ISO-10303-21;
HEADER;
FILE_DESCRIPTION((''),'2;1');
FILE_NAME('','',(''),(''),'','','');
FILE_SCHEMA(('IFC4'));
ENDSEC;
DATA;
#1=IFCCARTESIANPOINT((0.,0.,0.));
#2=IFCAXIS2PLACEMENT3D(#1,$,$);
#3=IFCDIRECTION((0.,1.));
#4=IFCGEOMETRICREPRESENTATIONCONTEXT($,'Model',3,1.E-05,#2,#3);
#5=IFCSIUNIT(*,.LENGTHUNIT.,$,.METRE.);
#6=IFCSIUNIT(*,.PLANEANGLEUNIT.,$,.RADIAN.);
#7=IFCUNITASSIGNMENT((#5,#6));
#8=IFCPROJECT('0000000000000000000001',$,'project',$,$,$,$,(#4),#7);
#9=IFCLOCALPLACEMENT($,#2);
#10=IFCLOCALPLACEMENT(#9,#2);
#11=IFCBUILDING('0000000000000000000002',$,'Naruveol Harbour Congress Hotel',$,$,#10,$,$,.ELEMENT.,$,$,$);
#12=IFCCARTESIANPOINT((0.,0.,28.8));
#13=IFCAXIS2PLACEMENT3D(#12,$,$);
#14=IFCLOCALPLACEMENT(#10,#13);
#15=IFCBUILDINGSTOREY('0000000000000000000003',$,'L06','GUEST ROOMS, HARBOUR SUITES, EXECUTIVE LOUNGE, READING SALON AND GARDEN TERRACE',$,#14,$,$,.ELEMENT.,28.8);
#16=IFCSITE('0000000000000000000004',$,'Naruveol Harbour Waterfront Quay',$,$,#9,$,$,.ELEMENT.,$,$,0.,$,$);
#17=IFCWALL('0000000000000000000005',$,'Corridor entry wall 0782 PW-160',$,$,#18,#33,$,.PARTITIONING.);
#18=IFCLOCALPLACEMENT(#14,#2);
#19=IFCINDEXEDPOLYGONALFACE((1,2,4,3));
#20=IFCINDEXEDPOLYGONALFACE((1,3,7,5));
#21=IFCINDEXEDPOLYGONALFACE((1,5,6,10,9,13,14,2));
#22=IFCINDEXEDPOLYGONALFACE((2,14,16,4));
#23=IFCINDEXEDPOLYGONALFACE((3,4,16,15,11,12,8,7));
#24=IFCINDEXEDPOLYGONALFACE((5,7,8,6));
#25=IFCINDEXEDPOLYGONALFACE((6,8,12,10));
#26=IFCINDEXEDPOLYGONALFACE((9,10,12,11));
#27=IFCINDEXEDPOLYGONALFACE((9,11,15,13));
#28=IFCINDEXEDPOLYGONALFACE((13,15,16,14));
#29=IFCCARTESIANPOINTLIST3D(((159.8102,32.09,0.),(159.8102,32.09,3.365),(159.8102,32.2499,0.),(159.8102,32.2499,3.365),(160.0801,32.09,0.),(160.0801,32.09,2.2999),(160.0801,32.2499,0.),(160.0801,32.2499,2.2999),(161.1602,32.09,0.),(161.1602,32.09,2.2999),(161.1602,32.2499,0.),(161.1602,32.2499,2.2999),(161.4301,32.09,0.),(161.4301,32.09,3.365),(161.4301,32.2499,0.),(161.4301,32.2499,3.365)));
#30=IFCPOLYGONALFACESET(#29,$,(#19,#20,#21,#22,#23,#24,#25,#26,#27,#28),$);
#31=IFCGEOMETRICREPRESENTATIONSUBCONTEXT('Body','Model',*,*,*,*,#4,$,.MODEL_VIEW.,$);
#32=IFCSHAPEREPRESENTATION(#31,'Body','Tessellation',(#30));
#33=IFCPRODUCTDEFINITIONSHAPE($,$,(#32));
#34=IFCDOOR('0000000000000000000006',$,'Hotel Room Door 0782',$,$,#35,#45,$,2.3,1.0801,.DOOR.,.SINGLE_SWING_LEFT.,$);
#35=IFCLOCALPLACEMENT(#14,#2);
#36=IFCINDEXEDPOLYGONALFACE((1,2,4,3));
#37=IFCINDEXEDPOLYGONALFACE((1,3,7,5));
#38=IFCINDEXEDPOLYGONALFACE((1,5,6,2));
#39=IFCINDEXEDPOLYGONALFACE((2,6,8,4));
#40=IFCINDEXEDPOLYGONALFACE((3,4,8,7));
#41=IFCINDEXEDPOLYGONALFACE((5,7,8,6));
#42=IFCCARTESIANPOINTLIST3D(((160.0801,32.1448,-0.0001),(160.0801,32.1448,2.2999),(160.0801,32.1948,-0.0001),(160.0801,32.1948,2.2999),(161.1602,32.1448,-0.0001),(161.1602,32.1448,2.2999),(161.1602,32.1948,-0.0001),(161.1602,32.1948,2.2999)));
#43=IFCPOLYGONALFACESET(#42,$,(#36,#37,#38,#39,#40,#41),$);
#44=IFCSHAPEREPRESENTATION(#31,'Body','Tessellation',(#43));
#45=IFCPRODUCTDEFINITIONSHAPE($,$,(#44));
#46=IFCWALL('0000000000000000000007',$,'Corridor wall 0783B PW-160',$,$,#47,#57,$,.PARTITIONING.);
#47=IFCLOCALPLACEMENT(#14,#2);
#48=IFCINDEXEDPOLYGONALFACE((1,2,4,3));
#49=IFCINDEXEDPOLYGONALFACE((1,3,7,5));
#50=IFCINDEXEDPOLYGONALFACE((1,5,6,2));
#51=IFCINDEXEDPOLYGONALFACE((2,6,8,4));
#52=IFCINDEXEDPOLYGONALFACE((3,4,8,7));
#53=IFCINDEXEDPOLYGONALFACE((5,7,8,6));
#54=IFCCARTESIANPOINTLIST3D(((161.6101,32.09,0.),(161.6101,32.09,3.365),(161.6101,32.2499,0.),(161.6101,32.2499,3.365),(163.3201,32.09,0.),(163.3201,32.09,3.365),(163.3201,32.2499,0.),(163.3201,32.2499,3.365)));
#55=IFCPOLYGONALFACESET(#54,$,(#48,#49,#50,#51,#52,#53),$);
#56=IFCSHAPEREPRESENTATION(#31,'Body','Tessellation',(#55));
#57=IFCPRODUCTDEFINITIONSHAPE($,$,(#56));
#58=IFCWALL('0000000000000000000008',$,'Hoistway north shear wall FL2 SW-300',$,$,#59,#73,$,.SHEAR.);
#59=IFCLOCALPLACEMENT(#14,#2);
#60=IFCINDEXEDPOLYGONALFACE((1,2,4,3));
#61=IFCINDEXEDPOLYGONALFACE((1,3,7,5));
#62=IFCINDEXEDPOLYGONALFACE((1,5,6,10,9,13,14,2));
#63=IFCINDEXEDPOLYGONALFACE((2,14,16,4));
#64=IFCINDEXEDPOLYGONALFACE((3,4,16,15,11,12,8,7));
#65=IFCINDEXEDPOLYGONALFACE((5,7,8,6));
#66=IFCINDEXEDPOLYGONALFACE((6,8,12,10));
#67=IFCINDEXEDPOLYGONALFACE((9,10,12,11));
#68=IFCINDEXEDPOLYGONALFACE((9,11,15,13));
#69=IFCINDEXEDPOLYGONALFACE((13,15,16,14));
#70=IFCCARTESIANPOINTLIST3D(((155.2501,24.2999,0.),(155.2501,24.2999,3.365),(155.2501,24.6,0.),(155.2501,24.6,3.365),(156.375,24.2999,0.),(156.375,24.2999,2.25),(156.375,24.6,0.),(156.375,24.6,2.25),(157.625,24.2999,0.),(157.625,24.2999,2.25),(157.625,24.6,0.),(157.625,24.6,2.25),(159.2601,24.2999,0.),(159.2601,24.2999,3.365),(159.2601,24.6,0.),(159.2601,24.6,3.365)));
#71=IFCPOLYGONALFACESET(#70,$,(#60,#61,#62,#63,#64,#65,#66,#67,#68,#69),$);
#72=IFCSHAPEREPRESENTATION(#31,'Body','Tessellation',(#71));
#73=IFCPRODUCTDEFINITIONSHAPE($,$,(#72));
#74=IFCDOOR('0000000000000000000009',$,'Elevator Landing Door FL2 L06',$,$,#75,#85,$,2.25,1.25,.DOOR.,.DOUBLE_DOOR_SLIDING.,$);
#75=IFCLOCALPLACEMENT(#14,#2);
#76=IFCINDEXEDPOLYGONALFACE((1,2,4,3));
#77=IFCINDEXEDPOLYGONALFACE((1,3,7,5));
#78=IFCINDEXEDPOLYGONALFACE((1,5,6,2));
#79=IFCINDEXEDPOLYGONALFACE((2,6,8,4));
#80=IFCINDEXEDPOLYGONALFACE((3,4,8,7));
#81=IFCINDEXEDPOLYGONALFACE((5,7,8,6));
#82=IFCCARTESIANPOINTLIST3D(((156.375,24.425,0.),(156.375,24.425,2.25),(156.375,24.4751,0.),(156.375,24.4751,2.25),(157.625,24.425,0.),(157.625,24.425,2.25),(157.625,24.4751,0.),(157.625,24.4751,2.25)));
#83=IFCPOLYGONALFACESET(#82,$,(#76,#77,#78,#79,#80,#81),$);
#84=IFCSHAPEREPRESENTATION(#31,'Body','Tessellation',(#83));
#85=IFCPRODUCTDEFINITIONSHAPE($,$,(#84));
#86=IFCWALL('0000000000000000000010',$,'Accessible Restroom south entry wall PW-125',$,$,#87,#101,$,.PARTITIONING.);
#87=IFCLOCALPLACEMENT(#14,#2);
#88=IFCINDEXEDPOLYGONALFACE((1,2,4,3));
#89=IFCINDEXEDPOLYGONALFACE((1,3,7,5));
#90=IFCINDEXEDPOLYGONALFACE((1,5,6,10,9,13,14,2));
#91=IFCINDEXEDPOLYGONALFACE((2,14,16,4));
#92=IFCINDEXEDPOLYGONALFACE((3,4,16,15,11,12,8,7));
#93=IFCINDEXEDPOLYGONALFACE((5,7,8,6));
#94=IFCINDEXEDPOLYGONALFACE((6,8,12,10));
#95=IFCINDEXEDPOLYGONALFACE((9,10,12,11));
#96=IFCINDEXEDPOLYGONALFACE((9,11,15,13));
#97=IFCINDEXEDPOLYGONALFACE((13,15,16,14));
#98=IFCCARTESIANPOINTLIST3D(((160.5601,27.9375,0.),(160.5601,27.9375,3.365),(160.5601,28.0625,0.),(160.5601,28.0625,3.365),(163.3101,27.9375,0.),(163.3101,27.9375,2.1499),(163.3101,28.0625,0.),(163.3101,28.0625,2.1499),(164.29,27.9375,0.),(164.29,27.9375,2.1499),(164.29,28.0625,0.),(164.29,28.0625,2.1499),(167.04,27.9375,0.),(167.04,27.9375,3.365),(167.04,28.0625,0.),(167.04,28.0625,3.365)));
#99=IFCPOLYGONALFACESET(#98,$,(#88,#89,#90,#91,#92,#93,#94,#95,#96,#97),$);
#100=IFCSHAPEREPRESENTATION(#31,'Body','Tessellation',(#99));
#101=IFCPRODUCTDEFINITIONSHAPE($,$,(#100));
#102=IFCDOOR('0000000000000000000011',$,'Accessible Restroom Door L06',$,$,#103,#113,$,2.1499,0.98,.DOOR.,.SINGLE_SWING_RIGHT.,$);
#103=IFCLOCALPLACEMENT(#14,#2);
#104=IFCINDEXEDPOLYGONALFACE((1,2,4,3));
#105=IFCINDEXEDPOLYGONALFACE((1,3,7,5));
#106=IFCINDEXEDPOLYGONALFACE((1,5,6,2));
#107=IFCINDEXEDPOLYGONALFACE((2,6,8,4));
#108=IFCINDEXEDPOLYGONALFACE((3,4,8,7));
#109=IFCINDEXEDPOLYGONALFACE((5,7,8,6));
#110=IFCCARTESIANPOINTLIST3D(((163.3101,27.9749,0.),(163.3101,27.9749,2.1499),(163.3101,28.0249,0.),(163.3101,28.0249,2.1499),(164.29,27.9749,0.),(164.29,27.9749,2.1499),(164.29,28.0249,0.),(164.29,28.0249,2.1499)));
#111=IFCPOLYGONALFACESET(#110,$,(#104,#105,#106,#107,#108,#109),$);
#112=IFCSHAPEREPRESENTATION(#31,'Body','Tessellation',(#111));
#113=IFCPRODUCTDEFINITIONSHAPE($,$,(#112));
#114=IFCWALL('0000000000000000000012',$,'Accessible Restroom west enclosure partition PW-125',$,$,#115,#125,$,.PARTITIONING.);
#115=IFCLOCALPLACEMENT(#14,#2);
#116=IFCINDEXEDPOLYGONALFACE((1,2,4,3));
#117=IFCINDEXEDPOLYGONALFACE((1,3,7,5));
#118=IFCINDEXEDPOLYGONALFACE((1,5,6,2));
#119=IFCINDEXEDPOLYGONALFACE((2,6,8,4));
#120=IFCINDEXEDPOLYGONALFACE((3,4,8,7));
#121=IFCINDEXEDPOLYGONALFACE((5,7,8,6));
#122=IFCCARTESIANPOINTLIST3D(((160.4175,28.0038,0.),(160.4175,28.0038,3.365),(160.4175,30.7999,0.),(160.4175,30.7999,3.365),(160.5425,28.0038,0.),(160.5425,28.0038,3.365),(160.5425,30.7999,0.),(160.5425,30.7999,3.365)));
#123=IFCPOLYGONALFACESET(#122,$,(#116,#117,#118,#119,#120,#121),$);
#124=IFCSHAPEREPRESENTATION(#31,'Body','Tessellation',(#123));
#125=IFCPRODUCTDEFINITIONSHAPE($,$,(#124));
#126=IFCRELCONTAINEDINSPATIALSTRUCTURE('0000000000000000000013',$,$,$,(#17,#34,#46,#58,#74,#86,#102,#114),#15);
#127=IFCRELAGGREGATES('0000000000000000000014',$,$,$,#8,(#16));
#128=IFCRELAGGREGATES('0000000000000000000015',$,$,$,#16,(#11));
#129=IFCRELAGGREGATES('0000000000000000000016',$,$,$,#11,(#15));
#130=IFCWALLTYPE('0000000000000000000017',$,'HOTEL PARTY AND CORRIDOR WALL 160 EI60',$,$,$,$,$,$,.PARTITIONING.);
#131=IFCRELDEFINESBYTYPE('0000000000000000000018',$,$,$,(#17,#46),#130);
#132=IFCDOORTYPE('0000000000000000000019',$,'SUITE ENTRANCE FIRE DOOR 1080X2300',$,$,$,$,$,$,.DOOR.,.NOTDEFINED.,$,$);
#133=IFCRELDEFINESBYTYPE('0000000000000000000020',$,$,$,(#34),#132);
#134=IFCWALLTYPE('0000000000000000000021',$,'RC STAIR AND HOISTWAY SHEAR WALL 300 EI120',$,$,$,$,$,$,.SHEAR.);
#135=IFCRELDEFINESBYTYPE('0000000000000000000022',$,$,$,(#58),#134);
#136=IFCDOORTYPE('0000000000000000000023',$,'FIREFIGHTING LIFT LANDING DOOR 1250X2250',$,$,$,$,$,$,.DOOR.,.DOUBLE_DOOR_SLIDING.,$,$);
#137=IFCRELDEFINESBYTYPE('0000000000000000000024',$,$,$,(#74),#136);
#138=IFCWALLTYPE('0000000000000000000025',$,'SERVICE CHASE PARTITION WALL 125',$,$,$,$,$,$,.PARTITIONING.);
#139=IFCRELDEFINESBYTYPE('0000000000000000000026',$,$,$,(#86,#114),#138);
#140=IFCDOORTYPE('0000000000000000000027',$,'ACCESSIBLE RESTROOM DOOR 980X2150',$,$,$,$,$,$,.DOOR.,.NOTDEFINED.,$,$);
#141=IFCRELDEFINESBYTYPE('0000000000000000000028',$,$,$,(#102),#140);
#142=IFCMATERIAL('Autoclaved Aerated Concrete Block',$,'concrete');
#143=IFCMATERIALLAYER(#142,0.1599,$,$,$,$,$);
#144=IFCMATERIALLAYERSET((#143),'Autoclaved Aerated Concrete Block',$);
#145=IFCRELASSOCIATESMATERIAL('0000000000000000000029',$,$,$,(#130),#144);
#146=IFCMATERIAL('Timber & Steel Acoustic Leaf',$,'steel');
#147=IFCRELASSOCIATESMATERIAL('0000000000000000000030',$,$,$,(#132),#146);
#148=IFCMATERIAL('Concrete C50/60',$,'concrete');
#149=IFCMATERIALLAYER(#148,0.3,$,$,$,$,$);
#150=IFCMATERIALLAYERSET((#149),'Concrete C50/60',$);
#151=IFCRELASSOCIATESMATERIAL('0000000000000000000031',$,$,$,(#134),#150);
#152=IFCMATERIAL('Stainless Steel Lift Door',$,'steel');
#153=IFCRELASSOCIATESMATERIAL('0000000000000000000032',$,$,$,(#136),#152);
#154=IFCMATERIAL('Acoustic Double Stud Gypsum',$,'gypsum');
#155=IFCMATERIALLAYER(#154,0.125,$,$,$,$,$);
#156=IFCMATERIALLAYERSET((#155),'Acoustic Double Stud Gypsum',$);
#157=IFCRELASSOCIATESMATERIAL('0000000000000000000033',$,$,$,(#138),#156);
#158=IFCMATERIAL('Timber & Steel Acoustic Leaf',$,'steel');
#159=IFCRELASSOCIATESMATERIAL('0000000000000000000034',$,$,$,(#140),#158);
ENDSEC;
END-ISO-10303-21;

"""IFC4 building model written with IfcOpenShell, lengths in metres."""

from ifc_helpers import new_model, si_unit, direction, frame, frame_2d, origin, place, context, subcontext, project, spatial, rectangle, extrude, material, layer, layer_set, type_object, element, fill, save


model = new_model("IFC4")

# Units and contexts
model_context = context("Model", 3, precision=1e-05, world=origin(), true_north=direction((0.0, 1.0)))
body_context = subcontext(model_context, "Body", "Model", "MODEL_VIEW")
ifc_project = project(units=[si_unit("LENGTHUNIT", "METRE"), si_unit("PLANEANGLEUNIT", "RADIAN")], contexts=[model_context])

# Site, building, storey
site_placement = place(None, origin())
site = spatial("IfcSite", under=ifc_project, at=site_placement, Name="Naruveol Harbour Waterfront Quay", CompositionType="ELEMENT", RefElevation=0.0)
building_placement = place(site_placement, origin())
building = spatial("IfcBuilding", under=site, at=building_placement, Name="Naruveol Harbour Congress Hotel", CompositionType="ELEMENT")
storey_placement = place(building_placement, frame((0.0, 0.0, 28.8)))
storey = spatial("IfcBuildingStorey", under=building, at=storey_placement, Name="L06", Description="GUEST ROOMS, HARBOUR SUITES, EXECUTIVE LOUNGE, READING SALON AND GARDEN TERRACE", CompositionType="ELEMENT", Elevation=28.8)

# Shared definitions
ifc_material_1 = material(Name="Autoclaved Aerated Concrete Block", Category="concrete")
ifc_layer_1 = layer(ifc_material_1, 0.1599)
ifc_layer_set_1 = layer_set([ifc_layer_1], Name="Autoclaved Aerated Concrete Block")
wall_type_1 = type_object("IfcWallType", Name="HOTEL PARTY AND CORRIDOR WALL 160 EI60", PredefinedType="PARTITIONING", material=ifc_layer_set_1)

# Wall, opening, door
wall_1_placement = place(storey_placement, frame((159.8101, 32.1699, 0.0), z_axis=(0.0, 0.0, 1.0), x_axis=(1.0, 0.0, 0.0)))
wall_1 = element("IfcWall", 1, at=wall_1_placement, inside=storey, type_object=wall_type_1, Name="Corridor entry wall 0782 PW-160", PredefinedType="PARTITIONING", context=body_context, shape_type="SweptSolid", body=[
    extrude(rectangle(XDim=1.6199, YDim=0.1599, at=frame_2d((0.8101, 0.0))), origin(), (0.0, 0.0, 1.0), 3.365),
])
opening_1_placement = place(wall_1_placement, frame((0.27, 0.0, 0.0)))
opening_1 = element("IfcOpeningElement", 2, at=opening_1_placement, cuts=wall_1, PredefinedType="OPENING", context=body_context, shape_type="SweptSolid", body=[
    extrude(rectangle(XDim=1.0801, YDim=2.3, at=frame_2d((0.54, 1.1499))), frame((0.0, 0.0898, 0.0), z_axis=(0.0, -1.0, 0.0), x_axis=(1.0, 0.0, 0.0)), (0.0, 0.0, 1.0), 0.1799),
])
ifc_material_2 = material(Name="Timber & Steel Acoustic Leaf", Category="steel")
door_type_1 = type_object("IfcDoorType", Name="SUITE ENTRANCE FIRE DOOR 1080X2300", OperationType="NOTDEFINED", PredefinedType="DOOR", material=ifc_material_2)
door_1_placement = place(opening_1_placement, origin())
door_1 = element("IfcDoor", 3, at=door_1_placement, inside=storey, type_object=door_type_1, Name="Hotel Room Door 0782", OperationType="SINGLE_SWING_LEFT", OverallHeight=2.3, OverallWidth=1.0801, PredefinedType="DOOR", context=body_context, shape_type="SweptSolid", body=[
    extrude(rectangle(XDim=1.0801, YDim=2.3, at=frame_2d((0.54, 1.1499))), frame((0.0, 0.0249, 0.0), z_axis=(0.0, -1.0, 0.0), x_axis=(1.0, 0.0, 0.0)), (0.0, 0.0, 1.0), 0.05),
])
fill(opening_1, door_1)

# Wall
wall_2_placement = place(storey_placement, frame((161.6101, 32.1699, 0.0), z_axis=(0.0, 0.0, 1.0), x_axis=(1.0, 0.0, 0.0)))
element("IfcWall", 4, at=wall_2_placement, inside=storey, type_object=wall_type_1, Name="Corridor wall 0783B PW-160", PredefinedType="PARTITIONING", context=body_context, shape_type="SweptSolid", body=[
    extrude(rectangle(XDim=1.71, YDim=0.1599, at=frame_2d((0.855, 0.0))), origin(), (0.0, 0.0, 1.0), 3.365),
])

# Walls, openings, doors
ifc_material_3 = material(Name="Concrete C50/60", Category="concrete")
ifc_layer_2 = layer(ifc_material_3, 0.3)
ifc_layer_set_2 = layer_set([ifc_layer_2], Name="Concrete C50/60")
wall_type_2 = type_object("IfcWallType", Name="RC STAIR AND HOISTWAY SHEAR WALL 300 EI120", PredefinedType="SHEAR", material=ifc_layer_set_2)
wall_3_placement = place(storey_placement, frame((159.26, 24.45, 0.0), z_axis=(0.0, 0.0, 1.0), x_axis=(-1.0, 0.0, 0.0)))
wall_3 = element("IfcWall", 5, at=wall_3_placement, inside=storey, type_object=wall_type_2, Name="Hoistway north shear wall FL2 SW-300", PredefinedType="SHEAR", context=body_context, shape_type="SweptSolid", body=[
    extrude(rectangle(XDim=4.01, YDim=0.3, at=frame_2d((2.0049, 0.0))), origin(), (0.0, 0.0, 1.0), 3.365),
])
opening_2_placement = place(wall_3_placement, frame((1.635, 0.0, 0.0)))
opening_2 = element("IfcOpeningElement", 6, at=opening_2_placement, cuts=wall_3, PredefinedType="OPENING", context=body_context, shape_type="SweptSolid", body=[
    extrude(rectangle(XDim=1.25, YDim=2.25, at=frame_2d((0.625, 1.125))), frame((0.0, 0.1599, 0.0), z_axis=(0.0, -1.0, 0.0), x_axis=(1.0, 0.0, 0.0)), (0.0, 0.0, 1.0), 0.3201),
])
ifc_material_4 = material(Name="Stainless Steel Lift Door", Category="steel")
door_type_2 = type_object("IfcDoorType", Name="FIREFIGHTING LIFT LANDING DOOR 1250X2250", OperationType="DOUBLE_DOOR_SLIDING", PredefinedType="DOOR", material=ifc_material_4)
door_2_placement = place(opening_2_placement, origin())
door_2 = element("IfcDoor", 7, at=door_2_placement, inside=storey, type_object=door_type_2, Name="Elevator Landing Door FL2 L06", OperationType="DOUBLE_DOOR_SLIDING", OverallHeight=2.25, OverallWidth=1.25, PredefinedType="DOOR", context=body_context, shape_type="SweptSolid", body=[
    extrude(rectangle(XDim=1.25, YDim=2.25, at=frame_2d((0.625, 1.125))), frame((0.0, 0.0249, 0.0), z_axis=(0.0, -1.0, 0.0), x_axis=(1.0, 0.0, 0.0)), (0.0, 0.0, 1.0), 0.05),
])
fill(opening_2, door_2)
ifc_material_5 = material(Name="Acoustic Double Stud Gypsum", Category="gypsum")
ifc_layer_3 = layer(ifc_material_5, 0.125)
ifc_layer_set_3 = layer_set([ifc_layer_3], Name="Acoustic Double Stud Gypsum")
wall_type_3 = type_object("IfcWallType", Name="SERVICE CHASE PARTITION WALL 125", PredefinedType="PARTITIONING", material=ifc_layer_set_3)
wall_4_placement = place(storey_placement, frame((160.5601, 28.0, 0.0), z_axis=(0.0, 0.0, 1.0), x_axis=(1.0, 0.0, 0.0)))
wall_4 = element("IfcWall", 8, at=wall_4_placement, inside=storey, type_object=wall_type_3, Name="Accessible Restroom south entry wall PW-125", PredefinedType="PARTITIONING", context=body_context, shape_type="SweptSolid", body=[
    extrude(rectangle(XDim=6.48, YDim=0.125, at=frame_2d((3.24, 0.0))), origin(), (0.0, 0.0, 1.0), 3.365),
])
opening_3_placement = place(wall_4_placement, frame((2.75, 0.0, 0.0)))
opening_3 = element("IfcOpeningElement", 9, at=opening_3_placement, cuts=wall_4, PredefinedType="OPENING", context=body_context, shape_type="SweptSolid", body=[
    extrude(rectangle(XDim=0.98, YDim=2.1499, at=frame_2d((0.49, 1.075))), frame((0.0, 0.0725, 0.0), z_axis=(0.0, -1.0, 0.0), x_axis=(1.0, 0.0, 0.0)), (0.0, 0.0, 1.0), 0.145),
])
ifc_material_6 = material(Name="Timber & Steel Acoustic Leaf", Category="steel")
door_type_3 = type_object("IfcDoorType", Name="ACCESSIBLE RESTROOM DOOR 980X2150", OperationType="NOTDEFINED", PredefinedType="DOOR", material=ifc_material_6)
door_3_placement = place(opening_3_placement, origin())
door_3 = element("IfcDoor", 10, at=door_3_placement, inside=storey, type_object=door_type_3, Name="Accessible Restroom Door L06", OperationType="SINGLE_SWING_RIGHT", OverallHeight=2.1499, OverallWidth=0.98, PredefinedType="DOOR", context=body_context, shape_type="SweptSolid", body=[
    extrude(rectangle(XDim=0.98, YDim=2.1499, at=frame_2d((0.49, 1.075))), frame((0.0, 0.0249, 0.0), z_axis=(0.0, -1.0, 0.0), x_axis=(1.0, 0.0, 0.0)), (0.0, 0.0, 1.0), 0.05),
])
fill(opening_3, door_3)

# Wall
wall_5_placement = place(storey_placement, frame((160.48, 28.0039, 0.0), z_axis=(0.0, 0.0, 1.0), x_axis=(0.0, 1.0, 0.0)))
element("IfcWall", 11, at=wall_5_placement, inside=storey, type_object=wall_type_3, Name="Accessible Restroom west enclosure partition PW-125", PredefinedType="PARTITIONING", context=body_context, shape_type="SweptSolid", body=[
    extrude(rectangle(XDim=2.7961, YDim=0.125, at=frame_2d((1.3979, 0.0))), origin(), (0.0, 0.0, 1.0), 3.365),
])

save(model, "model.ifc")
